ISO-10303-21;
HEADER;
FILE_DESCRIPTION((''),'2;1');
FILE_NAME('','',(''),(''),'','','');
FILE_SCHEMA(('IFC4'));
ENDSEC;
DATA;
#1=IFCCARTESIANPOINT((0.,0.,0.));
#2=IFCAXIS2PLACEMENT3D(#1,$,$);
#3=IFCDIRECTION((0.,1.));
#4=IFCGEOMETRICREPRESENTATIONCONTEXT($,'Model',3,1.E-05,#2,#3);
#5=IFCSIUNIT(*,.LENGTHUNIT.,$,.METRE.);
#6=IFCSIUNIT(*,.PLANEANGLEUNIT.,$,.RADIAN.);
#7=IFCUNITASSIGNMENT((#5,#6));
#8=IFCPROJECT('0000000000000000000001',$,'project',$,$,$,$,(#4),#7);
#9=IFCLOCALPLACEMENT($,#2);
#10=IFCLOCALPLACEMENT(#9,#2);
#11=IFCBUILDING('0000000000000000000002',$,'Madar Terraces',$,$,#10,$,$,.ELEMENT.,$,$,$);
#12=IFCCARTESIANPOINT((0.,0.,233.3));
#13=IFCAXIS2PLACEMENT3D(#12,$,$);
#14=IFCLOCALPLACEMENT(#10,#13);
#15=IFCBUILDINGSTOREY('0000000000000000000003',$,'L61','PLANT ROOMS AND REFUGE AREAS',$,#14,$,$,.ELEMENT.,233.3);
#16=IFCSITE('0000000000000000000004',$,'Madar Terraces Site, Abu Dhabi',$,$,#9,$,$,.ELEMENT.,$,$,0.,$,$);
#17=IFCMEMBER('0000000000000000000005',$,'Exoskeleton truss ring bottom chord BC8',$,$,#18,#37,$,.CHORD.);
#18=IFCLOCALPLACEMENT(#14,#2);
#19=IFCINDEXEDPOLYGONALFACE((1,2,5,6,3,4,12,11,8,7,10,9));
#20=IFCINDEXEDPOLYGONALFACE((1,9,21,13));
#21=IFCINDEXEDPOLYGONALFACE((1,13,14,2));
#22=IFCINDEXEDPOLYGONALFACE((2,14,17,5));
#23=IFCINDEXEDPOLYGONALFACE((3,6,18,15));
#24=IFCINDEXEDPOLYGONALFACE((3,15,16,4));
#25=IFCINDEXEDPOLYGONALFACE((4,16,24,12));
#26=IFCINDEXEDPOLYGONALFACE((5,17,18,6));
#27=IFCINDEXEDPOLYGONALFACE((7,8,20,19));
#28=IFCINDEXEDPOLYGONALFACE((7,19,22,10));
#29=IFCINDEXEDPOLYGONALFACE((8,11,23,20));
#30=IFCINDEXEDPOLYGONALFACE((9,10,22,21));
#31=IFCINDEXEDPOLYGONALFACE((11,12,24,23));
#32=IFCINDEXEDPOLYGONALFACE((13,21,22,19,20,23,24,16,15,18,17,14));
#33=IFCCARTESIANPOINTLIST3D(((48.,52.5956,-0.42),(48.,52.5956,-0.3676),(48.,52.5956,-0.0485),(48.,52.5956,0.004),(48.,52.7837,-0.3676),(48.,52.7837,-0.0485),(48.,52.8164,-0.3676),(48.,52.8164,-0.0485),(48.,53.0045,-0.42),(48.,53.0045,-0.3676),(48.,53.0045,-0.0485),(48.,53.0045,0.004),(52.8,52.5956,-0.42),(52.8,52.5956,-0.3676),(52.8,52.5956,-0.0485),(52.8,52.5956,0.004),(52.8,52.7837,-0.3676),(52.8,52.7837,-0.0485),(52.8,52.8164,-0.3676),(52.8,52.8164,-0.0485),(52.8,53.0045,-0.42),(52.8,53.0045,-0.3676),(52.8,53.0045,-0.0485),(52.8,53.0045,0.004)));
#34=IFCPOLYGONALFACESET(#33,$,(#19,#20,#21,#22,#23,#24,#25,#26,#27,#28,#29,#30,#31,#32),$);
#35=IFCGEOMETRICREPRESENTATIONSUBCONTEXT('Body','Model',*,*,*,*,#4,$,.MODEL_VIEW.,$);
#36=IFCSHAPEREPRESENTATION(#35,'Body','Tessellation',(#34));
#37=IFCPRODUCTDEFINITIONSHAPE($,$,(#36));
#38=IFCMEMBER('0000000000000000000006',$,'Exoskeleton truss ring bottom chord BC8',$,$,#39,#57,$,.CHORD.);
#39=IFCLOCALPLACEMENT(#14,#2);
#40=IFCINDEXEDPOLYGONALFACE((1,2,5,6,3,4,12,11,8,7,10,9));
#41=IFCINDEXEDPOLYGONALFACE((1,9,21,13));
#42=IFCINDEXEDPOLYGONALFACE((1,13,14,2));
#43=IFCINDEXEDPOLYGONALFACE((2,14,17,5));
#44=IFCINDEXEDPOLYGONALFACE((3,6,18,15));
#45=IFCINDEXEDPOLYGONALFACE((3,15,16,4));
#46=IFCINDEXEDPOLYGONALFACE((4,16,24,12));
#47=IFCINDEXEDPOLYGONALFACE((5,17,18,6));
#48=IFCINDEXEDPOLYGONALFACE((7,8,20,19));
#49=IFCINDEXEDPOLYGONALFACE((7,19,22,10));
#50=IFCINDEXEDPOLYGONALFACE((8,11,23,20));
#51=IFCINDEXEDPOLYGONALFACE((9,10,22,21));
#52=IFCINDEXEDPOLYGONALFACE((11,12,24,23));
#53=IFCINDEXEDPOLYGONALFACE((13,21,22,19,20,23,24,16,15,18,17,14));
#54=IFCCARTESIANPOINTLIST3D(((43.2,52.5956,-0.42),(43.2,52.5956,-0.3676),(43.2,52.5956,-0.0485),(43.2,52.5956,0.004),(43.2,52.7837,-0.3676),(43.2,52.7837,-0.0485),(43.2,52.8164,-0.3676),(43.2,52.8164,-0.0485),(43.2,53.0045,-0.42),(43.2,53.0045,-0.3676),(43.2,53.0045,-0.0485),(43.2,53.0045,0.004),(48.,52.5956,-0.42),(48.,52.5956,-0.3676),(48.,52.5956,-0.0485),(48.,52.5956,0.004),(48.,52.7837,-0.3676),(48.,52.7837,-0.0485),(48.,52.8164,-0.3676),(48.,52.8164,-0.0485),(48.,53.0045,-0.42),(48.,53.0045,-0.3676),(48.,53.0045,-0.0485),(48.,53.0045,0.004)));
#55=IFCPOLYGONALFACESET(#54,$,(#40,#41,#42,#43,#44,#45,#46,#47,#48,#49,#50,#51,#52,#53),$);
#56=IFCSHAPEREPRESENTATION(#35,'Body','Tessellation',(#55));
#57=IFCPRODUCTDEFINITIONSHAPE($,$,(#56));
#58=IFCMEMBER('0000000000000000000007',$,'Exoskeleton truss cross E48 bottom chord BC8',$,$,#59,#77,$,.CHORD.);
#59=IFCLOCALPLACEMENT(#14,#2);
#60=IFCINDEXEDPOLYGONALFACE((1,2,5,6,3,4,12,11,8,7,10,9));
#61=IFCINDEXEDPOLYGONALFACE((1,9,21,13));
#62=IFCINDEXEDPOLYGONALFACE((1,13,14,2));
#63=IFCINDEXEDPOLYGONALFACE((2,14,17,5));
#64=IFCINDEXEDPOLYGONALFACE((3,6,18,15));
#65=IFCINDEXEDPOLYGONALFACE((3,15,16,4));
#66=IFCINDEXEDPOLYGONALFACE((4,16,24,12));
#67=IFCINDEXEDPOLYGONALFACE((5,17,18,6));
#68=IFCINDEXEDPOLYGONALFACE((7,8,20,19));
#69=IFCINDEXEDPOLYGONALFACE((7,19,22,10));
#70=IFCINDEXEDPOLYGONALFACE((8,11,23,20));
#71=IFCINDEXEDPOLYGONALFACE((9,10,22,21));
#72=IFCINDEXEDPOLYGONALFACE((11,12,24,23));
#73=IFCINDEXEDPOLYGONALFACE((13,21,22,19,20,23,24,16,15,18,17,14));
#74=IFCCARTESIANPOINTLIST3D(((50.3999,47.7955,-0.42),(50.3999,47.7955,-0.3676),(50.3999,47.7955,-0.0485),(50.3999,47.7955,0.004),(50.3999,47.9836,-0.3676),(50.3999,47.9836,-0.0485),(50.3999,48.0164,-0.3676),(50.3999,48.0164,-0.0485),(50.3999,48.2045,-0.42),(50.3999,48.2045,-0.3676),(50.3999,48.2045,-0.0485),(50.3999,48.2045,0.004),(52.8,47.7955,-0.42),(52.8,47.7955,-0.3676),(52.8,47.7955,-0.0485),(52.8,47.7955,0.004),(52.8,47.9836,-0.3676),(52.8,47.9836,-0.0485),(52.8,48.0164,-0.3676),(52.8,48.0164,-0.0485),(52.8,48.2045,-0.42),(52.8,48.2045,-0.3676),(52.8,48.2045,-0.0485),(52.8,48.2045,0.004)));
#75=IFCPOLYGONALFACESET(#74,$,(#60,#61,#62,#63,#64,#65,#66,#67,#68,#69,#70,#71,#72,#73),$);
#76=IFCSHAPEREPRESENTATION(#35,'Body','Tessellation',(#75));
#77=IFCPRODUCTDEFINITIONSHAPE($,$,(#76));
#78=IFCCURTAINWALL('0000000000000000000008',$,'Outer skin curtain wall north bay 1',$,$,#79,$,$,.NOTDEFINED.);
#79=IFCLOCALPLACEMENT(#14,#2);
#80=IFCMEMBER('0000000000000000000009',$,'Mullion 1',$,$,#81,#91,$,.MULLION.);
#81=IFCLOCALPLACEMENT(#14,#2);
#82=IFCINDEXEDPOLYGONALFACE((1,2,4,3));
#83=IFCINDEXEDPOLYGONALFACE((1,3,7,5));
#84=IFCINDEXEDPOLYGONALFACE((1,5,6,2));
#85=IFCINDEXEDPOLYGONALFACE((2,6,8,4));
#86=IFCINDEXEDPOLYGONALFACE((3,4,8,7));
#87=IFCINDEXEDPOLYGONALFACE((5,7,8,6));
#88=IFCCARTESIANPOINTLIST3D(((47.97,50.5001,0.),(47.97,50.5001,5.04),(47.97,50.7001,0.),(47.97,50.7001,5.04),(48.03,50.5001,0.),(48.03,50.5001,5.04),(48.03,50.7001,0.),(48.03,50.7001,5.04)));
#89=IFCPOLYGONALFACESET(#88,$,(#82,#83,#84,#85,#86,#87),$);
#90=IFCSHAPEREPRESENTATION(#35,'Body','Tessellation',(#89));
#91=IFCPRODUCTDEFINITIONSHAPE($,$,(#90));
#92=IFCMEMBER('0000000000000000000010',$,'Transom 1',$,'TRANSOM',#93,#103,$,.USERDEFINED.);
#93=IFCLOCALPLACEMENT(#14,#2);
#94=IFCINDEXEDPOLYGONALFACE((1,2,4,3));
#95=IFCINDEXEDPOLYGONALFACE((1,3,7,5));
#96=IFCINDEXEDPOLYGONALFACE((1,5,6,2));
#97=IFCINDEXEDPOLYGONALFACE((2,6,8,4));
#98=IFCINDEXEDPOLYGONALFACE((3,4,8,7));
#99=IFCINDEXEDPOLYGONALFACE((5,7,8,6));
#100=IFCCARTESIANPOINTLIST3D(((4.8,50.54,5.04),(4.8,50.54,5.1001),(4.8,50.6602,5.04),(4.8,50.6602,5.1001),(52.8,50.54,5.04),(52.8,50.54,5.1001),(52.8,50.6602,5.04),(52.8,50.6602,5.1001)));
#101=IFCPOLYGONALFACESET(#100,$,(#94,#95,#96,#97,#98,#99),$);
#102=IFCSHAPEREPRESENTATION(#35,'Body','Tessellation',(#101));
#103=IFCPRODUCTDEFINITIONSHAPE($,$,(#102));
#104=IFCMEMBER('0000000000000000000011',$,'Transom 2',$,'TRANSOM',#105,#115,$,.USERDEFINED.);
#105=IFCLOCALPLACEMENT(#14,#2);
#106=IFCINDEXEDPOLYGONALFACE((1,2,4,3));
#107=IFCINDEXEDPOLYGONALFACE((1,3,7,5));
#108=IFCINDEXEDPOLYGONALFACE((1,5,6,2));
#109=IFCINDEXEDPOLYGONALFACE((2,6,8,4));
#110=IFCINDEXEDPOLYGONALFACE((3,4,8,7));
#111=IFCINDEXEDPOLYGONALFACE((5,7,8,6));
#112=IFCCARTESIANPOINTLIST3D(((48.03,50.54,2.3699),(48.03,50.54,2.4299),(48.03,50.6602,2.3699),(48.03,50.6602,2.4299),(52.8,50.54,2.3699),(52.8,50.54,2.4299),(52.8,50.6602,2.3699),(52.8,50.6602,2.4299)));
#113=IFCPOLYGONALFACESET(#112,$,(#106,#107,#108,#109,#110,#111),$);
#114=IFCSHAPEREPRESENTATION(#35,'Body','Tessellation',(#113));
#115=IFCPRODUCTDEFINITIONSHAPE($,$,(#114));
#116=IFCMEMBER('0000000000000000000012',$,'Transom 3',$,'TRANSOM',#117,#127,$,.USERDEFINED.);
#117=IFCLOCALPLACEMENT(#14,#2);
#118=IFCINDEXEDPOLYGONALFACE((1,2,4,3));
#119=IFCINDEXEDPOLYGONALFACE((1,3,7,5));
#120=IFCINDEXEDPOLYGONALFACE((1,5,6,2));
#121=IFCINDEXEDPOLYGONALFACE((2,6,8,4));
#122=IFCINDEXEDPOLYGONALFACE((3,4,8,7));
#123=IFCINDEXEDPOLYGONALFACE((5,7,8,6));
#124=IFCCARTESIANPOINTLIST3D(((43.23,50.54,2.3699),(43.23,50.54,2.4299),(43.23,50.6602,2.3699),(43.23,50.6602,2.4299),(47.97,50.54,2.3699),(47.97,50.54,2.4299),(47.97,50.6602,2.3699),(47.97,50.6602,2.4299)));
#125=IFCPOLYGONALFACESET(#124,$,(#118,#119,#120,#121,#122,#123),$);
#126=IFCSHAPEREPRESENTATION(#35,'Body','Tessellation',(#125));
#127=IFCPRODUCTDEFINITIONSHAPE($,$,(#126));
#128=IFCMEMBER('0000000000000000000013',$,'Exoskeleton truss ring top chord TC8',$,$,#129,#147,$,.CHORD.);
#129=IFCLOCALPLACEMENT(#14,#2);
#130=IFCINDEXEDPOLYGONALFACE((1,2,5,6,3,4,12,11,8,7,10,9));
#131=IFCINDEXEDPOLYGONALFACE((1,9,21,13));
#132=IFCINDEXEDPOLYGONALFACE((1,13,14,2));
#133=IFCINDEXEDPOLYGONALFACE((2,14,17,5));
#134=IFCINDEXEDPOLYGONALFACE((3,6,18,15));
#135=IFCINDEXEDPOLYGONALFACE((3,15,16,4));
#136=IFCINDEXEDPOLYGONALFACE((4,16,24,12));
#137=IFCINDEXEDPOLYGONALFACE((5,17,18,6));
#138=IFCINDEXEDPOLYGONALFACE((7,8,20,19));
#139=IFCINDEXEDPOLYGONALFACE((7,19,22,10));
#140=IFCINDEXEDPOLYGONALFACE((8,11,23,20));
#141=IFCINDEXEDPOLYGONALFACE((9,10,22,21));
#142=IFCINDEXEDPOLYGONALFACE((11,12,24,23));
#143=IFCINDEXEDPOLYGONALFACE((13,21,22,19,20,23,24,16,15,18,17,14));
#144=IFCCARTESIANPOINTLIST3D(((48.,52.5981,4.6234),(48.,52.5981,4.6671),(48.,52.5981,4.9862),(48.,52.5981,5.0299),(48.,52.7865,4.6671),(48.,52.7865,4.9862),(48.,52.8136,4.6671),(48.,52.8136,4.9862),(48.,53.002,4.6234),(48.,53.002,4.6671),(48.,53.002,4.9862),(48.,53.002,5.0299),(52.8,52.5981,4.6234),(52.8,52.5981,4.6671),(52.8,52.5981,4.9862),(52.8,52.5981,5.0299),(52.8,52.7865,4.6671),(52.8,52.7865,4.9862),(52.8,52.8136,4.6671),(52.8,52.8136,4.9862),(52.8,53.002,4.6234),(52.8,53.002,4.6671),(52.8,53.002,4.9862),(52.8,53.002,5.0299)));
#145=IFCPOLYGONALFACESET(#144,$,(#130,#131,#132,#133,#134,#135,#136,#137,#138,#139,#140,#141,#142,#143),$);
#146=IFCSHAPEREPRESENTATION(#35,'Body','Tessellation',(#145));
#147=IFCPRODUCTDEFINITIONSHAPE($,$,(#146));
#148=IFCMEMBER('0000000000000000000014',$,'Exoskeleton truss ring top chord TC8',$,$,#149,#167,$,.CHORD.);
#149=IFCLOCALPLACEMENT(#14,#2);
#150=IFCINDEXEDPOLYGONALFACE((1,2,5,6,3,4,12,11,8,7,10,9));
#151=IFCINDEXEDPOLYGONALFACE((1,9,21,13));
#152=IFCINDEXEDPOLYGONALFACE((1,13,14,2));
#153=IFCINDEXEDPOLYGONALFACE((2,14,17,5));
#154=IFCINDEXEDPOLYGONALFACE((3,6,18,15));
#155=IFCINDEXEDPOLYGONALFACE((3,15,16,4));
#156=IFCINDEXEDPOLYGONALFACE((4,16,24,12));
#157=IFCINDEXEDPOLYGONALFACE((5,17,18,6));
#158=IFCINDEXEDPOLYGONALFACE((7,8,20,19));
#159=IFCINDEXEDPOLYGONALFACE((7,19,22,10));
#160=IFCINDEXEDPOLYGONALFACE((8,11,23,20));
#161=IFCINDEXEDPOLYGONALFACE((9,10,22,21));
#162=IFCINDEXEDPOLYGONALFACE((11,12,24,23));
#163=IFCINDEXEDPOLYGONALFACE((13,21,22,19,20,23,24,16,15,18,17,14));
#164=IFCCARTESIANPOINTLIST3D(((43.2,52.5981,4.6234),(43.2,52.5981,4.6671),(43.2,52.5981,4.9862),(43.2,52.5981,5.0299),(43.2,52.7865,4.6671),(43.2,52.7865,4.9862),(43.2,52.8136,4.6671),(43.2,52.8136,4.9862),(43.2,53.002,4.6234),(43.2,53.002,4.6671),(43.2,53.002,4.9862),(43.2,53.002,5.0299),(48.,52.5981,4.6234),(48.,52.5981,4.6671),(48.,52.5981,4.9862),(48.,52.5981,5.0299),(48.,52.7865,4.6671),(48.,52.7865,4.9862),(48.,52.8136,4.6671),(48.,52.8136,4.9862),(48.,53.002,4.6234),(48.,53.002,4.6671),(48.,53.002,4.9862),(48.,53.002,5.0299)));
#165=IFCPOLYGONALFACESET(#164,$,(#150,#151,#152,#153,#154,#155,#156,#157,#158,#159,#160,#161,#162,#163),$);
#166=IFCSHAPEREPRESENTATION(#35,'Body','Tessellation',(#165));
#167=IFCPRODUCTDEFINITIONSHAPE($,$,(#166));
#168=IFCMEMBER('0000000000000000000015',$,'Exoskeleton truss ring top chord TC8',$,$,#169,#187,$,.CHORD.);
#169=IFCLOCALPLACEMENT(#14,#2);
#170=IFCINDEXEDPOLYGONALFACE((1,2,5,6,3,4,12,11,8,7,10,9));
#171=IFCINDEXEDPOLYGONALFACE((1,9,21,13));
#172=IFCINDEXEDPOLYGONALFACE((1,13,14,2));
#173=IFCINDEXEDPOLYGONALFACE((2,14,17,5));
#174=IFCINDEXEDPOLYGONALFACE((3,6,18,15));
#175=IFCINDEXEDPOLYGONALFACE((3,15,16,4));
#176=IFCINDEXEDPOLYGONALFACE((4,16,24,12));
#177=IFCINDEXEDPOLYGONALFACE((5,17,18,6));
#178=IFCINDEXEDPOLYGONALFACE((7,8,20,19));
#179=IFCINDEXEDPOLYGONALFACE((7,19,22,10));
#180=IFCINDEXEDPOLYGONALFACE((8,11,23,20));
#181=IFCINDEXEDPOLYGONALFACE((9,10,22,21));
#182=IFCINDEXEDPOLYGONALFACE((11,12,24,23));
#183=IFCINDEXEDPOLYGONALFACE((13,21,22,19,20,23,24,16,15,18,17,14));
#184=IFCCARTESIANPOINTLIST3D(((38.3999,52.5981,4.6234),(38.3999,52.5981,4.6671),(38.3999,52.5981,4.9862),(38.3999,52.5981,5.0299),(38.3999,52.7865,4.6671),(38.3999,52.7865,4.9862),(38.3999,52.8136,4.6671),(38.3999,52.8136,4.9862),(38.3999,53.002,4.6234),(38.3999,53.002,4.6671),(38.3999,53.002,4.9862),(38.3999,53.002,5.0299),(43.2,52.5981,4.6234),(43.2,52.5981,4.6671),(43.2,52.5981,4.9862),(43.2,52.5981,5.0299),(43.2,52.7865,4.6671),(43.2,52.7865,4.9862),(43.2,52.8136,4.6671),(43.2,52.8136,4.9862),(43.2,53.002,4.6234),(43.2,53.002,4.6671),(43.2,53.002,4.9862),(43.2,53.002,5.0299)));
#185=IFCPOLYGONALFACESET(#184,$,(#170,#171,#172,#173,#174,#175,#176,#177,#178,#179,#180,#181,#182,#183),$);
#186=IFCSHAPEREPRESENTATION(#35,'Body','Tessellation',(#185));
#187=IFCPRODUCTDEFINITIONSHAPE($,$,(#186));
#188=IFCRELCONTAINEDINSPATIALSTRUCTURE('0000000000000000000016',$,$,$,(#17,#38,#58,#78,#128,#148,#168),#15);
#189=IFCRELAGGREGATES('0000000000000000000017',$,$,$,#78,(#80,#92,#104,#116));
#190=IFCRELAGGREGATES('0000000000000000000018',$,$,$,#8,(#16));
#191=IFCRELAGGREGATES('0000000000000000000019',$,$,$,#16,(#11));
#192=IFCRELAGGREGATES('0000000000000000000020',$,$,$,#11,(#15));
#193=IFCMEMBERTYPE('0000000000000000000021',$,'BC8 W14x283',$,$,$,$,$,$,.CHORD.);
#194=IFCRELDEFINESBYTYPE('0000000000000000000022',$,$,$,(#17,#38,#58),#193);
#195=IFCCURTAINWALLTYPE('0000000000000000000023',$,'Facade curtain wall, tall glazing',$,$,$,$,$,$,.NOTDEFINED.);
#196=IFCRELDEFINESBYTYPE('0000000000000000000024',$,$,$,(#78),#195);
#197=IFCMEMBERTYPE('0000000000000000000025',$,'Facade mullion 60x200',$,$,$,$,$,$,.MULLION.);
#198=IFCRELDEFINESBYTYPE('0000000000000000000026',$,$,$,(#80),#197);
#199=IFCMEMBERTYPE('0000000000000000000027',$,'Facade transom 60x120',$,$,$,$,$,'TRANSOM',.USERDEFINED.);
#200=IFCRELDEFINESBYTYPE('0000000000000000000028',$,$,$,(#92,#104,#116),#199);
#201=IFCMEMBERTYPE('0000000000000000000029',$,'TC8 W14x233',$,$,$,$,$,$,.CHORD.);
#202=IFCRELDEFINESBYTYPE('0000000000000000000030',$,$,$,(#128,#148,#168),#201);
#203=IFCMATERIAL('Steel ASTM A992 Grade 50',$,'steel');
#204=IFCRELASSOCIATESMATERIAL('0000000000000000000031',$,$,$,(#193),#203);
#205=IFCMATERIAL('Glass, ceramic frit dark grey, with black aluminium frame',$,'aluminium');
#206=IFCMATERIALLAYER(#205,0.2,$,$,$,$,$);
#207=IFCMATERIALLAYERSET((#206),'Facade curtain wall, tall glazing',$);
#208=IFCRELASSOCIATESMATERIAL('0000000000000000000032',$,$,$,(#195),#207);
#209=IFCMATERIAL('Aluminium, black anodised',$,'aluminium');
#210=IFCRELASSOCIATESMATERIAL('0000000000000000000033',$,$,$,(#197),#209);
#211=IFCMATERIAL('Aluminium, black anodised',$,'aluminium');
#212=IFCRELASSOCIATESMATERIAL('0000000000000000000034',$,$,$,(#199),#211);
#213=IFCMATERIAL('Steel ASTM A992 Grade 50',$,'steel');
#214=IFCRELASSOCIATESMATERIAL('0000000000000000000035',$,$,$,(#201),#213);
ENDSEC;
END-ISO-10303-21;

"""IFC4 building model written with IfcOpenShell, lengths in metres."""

from ifc_helpers import new_model, si_unit, direction, frame, origin, origin_2d, place, context, subcontext, project, spatial, rectangle, i_section, extrude, material, layer, layer_set, material_profile, profile_set, type_object, element, aggregate, save


model = new_model("IFC4")

# Units and contexts
model_context = context("Model", 3, precision=1e-05, world=origin(), true_north=direction((0.0, 1.0)))
body_context = subcontext(model_context, "Body", "Model", "MODEL_VIEW")
ifc_project = project(units=[si_unit("LENGTHUNIT", "METRE"), si_unit("PLANEANGLEUNIT", "RADIAN")], contexts=[model_context])

# Site, building, storey
site_placement = place(None, origin())
site = spatial("IfcSite", under=ifc_project, at=site_placement, Name="Madar Terraces Site, Abu Dhabi", CompositionType="ELEMENT", RefElevation=0.0)
building_placement = place(site_placement, origin())
building = spatial("IfcBuilding", under=site, at=building_placement, Name="Madar Terraces", CompositionType="ELEMENT")
storey_placement = place(building_placement, frame((0.0, 0.0, 233.3)))
storey = spatial("IfcBuildingStorey", under=building, at=storey_placement, Name="L61", Description="PLANT ROOMS AND REFUGE AREAS", CompositionType="ELEMENT", Elevation=233.3)

# Members
ifc_material_1 = material(Name="Steel ASTM A992 Grade 50", Category="steel")
ifc_material_profile_1 = material_profile(ifc_material_1, i_section(OverallWidth=0.4089, OverallDepth=0.4241, WebThickness=0.0327, FlangeThickness=0.0525, at=origin_2d()), Name="W14x283")
ifc_profile_set_1 = profile_set([ifc_material_profile_1], Name="Steel ASTM A992 Grade 50")
member_type_1 = type_object("IfcMemberType", Name="BC8 W14x283", PredefinedType="CHORD", material=ifc_profile_set_1)
for number, where, z_axis, x_axis, name in (
    (1, (52.8, 52.8, -0.208), (-1.0, 0.0, 0.0), (0.0, -1.0, 0.0), "Exoskeleton truss ring bottom chord BC8"),
    (2, (48.0, 52.8, -0.208), (-1.0, 0.0, 0.0), (0.0, -1.0, 0.0), "Exoskeleton truss ring bottom chord BC8"),
):
    element("IfcMember", number, at=place(storey_placement, frame(where, z_axis=z_axis, x_axis=x_axis)), inside=storey, type_object=member_type_1, Name=name, PredefinedType="CHORD", context=body_context, shape_type="SweptSolid", body=[
        extrude(i_section(OverallWidth=0.4089, OverallDepth=0.4241, WebThickness=0.0327, FlangeThickness=0.0525, at=origin_2d()), origin(), (0.0, 0.0, 1.0), 4.8),
    ])
member_1_placement = place(storey_placement, frame((52.8, 48.0, -0.208), z_axis=(-1.0, 0.0, 0.0), x_axis=(0.0, -1.0, 0.0)))
element("IfcMember", 3, at=member_1_placement, inside=storey, type_object=member_type_1, Name="Exoskeleton truss cross E48 bottom chord BC8", PredefinedType="CHORD", context=body_context, shape_type="SweptSolid", body=[
    extrude(i_section(OverallWidth=0.4089, OverallDepth=0.4241, WebThickness=0.0327, FlangeThickness=0.0525, at=origin_2d()), origin(), (0.0, 0.0, 1.0), 2.4001),
])

# Curtain wall, members
ifc_material_2 = material(Name="Glass, ceramic frit dark grey, with black aluminium frame", Category="aluminium")
ifc_layer_1 = layer(ifc_material_2, 0.2)
ifc_layer_set_1 = layer_set([ifc_layer_1], Name="Facade curtain wall, tall glazing")
curtain_wall_type = type_object("IfcCurtainWallType", Name="Facade curtain wall, tall glazing", PredefinedType="NOTDEFINED", material=ifc_layer_set_1)
curtain_wall_placement = place(storey_placement, origin())
curtain_wall = element("IfcCurtainWall", 4, at=curtain_wall_placement, inside=storey, type_object=curtain_wall_type, Name="Outer skin curtain wall north bay 1", PredefinedType="NOTDEFINED")
ifc_material_3 = material(Name="Aluminium, black anodised", Category="aluminium")
ifc_material_profile_2 = material_profile(ifc_material_3, rectangle(XDim=0.2, YDim=0.0601, at=origin_2d()), Name="Facade mullion 60x200")
ifc_profile_set_2 = profile_set([ifc_material_profile_2], Name="Aluminium, black anodised")
member_type_2 = type_object("IfcMemberType", Name="Facade mullion 60x200", PredefinedType="MULLION", material=ifc_profile_set_2)
member_2_placement = place(storey_placement, frame((48.0, 50.6001, 0.0), z_axis=(0.0, 0.0, 1.0), x_axis=(0.0, -1.0, 0.0)))
member_2 = element("IfcMember", 5, at=member_2_placement, type_object=member_type_2, Name="Mullion 1", PredefinedType="MULLION", context=body_context, shape_type="SweptSolid", body=[
    extrude(rectangle(XDim=0.2, YDim=0.0601, at=origin_2d()), origin(), (0.0, 0.0, 1.0), 5.04),
])
ifc_material_4 = material(Name="Aluminium, black anodised", Category="aluminium")
ifc_material_profile_3 = material_profile(ifc_material_4, rectangle(XDim=0.1201, YDim=0.0601, at=origin_2d()), Name="Facade transom 60x120")
ifc_profile_set_3 = profile_set([ifc_material_profile_3], Name="Aluminium, black anodised")
member_type_3 = type_object("IfcMemberType", Name="Facade transom 60x120", ElementType="TRANSOM", PredefinedType="USERDEFINED", material=ifc_profile_set_3)
member_3_placement = place(storey_placement, frame((52.8, 50.6001, 5.0701), z_axis=(-1.0, 0.0, 0.0), x_axis=(0.0, -1.0, 0.0)))
member_3 = element("IfcMember", 6, at=member_3_placement, type_object=member_type_3, Name="Transom 1", ObjectType="TRANSOM", PredefinedType="USERDEFINED", context=body_context, shape_type="SweptSolid", body=[
    extrude(rectangle(XDim=0.1201, YDim=0.0601, at=origin_2d()), origin(), (0.0, 0.0, 1.0), 48.0),
])
member_4_placement = place(storey_placement, frame((52.8, 50.6001, 2.3999), z_axis=(-1.0, 0.0, 0.0), x_axis=(0.0, -1.0, 0.0)))
member_4 = element("IfcMember", 7, at=member_4_placement, type_object=member_type_3, Name="Transom 2", ObjectType="TRANSOM", PredefinedType="USERDEFINED", context=body_context, shape_type="SweptSolid", body=[
    extrude(rectangle(XDim=0.1201, YDim=0.0601, at=origin_2d()), origin(), (0.0, 0.0, 1.0), 4.77),
])
member_5_placement = place(storey_placement, frame((47.97, 50.6001, 2.3999), z_axis=(-1.0, 0.0, 0.0), x_axis=(0.0, -1.0, 0.0)))
member_5 = element("IfcMember", 8, at=member_5_placement, type_object=member_type_3, Name="Transom 3", ObjectType="TRANSOM", PredefinedType="USERDEFINED", context=body_context, shape_type="SweptSolid", body=[
    extrude(rectangle(XDim=0.1201, YDim=0.0601, at=origin_2d()), origin(), (0.0, 0.0, 1.0), 4.74),
])

# Members
ifc_material_5 = material(Name="Steel ASTM A992 Grade 50", Category="steel")
ifc_material_profile_4 = material_profile(ifc_material_5, i_section(OverallWidth=0.4038, OverallDepth=0.4065, WebThickness=0.0271, FlangeThickness=0.0437, at=origin_2d()), Name="W14x233")
ifc_profile_set_4 = profile_set([ifc_material_profile_4], Name="Steel ASTM A992 Grade 50")
member_type_4 = type_object("IfcMemberType", Name="TC8 W14x233", PredefinedType="CHORD", material=ifc_profile_set_4)
for number, where, z_axis, x_axis, name in (
    (9, (52.8, 52.8, 4.8267), (-1.0, 0.0, 0.0), (0.0, -1.0, 0.0), "Exoskeleton truss ring top chord TC8"),
    (10, (48.0, 52.8, 4.8267), (-1.0, 0.0, 0.0), (0.0, -1.0, 0.0), "Exoskeleton truss ring top chord TC8"),
    (11, (43.2, 52.8, 4.8267), (-1.0, 0.0, 0.0), (0.0, -1.0, 0.0), "Exoskeleton truss ring top chord TC8"),
):
    element("IfcMember", number, at=place(storey_placement, frame(where, z_axis=z_axis, x_axis=x_axis)), inside=storey, type_object=member_type_4, Name=name, PredefinedType="CHORD", context=body_context, shape_type="SweptSolid", body=[
        extrude(i_section(OverallWidth=0.4038, OverallDepth=0.4065, WebThickness=0.0271, FlangeThickness=0.0437, at=origin_2d()), origin(), (0.0, 0.0, 1.0), 4.8),
    ])

aggregate(curtain_wall, [member_2, member_3, member_4, member_5])

save(model, "model.ifc")
